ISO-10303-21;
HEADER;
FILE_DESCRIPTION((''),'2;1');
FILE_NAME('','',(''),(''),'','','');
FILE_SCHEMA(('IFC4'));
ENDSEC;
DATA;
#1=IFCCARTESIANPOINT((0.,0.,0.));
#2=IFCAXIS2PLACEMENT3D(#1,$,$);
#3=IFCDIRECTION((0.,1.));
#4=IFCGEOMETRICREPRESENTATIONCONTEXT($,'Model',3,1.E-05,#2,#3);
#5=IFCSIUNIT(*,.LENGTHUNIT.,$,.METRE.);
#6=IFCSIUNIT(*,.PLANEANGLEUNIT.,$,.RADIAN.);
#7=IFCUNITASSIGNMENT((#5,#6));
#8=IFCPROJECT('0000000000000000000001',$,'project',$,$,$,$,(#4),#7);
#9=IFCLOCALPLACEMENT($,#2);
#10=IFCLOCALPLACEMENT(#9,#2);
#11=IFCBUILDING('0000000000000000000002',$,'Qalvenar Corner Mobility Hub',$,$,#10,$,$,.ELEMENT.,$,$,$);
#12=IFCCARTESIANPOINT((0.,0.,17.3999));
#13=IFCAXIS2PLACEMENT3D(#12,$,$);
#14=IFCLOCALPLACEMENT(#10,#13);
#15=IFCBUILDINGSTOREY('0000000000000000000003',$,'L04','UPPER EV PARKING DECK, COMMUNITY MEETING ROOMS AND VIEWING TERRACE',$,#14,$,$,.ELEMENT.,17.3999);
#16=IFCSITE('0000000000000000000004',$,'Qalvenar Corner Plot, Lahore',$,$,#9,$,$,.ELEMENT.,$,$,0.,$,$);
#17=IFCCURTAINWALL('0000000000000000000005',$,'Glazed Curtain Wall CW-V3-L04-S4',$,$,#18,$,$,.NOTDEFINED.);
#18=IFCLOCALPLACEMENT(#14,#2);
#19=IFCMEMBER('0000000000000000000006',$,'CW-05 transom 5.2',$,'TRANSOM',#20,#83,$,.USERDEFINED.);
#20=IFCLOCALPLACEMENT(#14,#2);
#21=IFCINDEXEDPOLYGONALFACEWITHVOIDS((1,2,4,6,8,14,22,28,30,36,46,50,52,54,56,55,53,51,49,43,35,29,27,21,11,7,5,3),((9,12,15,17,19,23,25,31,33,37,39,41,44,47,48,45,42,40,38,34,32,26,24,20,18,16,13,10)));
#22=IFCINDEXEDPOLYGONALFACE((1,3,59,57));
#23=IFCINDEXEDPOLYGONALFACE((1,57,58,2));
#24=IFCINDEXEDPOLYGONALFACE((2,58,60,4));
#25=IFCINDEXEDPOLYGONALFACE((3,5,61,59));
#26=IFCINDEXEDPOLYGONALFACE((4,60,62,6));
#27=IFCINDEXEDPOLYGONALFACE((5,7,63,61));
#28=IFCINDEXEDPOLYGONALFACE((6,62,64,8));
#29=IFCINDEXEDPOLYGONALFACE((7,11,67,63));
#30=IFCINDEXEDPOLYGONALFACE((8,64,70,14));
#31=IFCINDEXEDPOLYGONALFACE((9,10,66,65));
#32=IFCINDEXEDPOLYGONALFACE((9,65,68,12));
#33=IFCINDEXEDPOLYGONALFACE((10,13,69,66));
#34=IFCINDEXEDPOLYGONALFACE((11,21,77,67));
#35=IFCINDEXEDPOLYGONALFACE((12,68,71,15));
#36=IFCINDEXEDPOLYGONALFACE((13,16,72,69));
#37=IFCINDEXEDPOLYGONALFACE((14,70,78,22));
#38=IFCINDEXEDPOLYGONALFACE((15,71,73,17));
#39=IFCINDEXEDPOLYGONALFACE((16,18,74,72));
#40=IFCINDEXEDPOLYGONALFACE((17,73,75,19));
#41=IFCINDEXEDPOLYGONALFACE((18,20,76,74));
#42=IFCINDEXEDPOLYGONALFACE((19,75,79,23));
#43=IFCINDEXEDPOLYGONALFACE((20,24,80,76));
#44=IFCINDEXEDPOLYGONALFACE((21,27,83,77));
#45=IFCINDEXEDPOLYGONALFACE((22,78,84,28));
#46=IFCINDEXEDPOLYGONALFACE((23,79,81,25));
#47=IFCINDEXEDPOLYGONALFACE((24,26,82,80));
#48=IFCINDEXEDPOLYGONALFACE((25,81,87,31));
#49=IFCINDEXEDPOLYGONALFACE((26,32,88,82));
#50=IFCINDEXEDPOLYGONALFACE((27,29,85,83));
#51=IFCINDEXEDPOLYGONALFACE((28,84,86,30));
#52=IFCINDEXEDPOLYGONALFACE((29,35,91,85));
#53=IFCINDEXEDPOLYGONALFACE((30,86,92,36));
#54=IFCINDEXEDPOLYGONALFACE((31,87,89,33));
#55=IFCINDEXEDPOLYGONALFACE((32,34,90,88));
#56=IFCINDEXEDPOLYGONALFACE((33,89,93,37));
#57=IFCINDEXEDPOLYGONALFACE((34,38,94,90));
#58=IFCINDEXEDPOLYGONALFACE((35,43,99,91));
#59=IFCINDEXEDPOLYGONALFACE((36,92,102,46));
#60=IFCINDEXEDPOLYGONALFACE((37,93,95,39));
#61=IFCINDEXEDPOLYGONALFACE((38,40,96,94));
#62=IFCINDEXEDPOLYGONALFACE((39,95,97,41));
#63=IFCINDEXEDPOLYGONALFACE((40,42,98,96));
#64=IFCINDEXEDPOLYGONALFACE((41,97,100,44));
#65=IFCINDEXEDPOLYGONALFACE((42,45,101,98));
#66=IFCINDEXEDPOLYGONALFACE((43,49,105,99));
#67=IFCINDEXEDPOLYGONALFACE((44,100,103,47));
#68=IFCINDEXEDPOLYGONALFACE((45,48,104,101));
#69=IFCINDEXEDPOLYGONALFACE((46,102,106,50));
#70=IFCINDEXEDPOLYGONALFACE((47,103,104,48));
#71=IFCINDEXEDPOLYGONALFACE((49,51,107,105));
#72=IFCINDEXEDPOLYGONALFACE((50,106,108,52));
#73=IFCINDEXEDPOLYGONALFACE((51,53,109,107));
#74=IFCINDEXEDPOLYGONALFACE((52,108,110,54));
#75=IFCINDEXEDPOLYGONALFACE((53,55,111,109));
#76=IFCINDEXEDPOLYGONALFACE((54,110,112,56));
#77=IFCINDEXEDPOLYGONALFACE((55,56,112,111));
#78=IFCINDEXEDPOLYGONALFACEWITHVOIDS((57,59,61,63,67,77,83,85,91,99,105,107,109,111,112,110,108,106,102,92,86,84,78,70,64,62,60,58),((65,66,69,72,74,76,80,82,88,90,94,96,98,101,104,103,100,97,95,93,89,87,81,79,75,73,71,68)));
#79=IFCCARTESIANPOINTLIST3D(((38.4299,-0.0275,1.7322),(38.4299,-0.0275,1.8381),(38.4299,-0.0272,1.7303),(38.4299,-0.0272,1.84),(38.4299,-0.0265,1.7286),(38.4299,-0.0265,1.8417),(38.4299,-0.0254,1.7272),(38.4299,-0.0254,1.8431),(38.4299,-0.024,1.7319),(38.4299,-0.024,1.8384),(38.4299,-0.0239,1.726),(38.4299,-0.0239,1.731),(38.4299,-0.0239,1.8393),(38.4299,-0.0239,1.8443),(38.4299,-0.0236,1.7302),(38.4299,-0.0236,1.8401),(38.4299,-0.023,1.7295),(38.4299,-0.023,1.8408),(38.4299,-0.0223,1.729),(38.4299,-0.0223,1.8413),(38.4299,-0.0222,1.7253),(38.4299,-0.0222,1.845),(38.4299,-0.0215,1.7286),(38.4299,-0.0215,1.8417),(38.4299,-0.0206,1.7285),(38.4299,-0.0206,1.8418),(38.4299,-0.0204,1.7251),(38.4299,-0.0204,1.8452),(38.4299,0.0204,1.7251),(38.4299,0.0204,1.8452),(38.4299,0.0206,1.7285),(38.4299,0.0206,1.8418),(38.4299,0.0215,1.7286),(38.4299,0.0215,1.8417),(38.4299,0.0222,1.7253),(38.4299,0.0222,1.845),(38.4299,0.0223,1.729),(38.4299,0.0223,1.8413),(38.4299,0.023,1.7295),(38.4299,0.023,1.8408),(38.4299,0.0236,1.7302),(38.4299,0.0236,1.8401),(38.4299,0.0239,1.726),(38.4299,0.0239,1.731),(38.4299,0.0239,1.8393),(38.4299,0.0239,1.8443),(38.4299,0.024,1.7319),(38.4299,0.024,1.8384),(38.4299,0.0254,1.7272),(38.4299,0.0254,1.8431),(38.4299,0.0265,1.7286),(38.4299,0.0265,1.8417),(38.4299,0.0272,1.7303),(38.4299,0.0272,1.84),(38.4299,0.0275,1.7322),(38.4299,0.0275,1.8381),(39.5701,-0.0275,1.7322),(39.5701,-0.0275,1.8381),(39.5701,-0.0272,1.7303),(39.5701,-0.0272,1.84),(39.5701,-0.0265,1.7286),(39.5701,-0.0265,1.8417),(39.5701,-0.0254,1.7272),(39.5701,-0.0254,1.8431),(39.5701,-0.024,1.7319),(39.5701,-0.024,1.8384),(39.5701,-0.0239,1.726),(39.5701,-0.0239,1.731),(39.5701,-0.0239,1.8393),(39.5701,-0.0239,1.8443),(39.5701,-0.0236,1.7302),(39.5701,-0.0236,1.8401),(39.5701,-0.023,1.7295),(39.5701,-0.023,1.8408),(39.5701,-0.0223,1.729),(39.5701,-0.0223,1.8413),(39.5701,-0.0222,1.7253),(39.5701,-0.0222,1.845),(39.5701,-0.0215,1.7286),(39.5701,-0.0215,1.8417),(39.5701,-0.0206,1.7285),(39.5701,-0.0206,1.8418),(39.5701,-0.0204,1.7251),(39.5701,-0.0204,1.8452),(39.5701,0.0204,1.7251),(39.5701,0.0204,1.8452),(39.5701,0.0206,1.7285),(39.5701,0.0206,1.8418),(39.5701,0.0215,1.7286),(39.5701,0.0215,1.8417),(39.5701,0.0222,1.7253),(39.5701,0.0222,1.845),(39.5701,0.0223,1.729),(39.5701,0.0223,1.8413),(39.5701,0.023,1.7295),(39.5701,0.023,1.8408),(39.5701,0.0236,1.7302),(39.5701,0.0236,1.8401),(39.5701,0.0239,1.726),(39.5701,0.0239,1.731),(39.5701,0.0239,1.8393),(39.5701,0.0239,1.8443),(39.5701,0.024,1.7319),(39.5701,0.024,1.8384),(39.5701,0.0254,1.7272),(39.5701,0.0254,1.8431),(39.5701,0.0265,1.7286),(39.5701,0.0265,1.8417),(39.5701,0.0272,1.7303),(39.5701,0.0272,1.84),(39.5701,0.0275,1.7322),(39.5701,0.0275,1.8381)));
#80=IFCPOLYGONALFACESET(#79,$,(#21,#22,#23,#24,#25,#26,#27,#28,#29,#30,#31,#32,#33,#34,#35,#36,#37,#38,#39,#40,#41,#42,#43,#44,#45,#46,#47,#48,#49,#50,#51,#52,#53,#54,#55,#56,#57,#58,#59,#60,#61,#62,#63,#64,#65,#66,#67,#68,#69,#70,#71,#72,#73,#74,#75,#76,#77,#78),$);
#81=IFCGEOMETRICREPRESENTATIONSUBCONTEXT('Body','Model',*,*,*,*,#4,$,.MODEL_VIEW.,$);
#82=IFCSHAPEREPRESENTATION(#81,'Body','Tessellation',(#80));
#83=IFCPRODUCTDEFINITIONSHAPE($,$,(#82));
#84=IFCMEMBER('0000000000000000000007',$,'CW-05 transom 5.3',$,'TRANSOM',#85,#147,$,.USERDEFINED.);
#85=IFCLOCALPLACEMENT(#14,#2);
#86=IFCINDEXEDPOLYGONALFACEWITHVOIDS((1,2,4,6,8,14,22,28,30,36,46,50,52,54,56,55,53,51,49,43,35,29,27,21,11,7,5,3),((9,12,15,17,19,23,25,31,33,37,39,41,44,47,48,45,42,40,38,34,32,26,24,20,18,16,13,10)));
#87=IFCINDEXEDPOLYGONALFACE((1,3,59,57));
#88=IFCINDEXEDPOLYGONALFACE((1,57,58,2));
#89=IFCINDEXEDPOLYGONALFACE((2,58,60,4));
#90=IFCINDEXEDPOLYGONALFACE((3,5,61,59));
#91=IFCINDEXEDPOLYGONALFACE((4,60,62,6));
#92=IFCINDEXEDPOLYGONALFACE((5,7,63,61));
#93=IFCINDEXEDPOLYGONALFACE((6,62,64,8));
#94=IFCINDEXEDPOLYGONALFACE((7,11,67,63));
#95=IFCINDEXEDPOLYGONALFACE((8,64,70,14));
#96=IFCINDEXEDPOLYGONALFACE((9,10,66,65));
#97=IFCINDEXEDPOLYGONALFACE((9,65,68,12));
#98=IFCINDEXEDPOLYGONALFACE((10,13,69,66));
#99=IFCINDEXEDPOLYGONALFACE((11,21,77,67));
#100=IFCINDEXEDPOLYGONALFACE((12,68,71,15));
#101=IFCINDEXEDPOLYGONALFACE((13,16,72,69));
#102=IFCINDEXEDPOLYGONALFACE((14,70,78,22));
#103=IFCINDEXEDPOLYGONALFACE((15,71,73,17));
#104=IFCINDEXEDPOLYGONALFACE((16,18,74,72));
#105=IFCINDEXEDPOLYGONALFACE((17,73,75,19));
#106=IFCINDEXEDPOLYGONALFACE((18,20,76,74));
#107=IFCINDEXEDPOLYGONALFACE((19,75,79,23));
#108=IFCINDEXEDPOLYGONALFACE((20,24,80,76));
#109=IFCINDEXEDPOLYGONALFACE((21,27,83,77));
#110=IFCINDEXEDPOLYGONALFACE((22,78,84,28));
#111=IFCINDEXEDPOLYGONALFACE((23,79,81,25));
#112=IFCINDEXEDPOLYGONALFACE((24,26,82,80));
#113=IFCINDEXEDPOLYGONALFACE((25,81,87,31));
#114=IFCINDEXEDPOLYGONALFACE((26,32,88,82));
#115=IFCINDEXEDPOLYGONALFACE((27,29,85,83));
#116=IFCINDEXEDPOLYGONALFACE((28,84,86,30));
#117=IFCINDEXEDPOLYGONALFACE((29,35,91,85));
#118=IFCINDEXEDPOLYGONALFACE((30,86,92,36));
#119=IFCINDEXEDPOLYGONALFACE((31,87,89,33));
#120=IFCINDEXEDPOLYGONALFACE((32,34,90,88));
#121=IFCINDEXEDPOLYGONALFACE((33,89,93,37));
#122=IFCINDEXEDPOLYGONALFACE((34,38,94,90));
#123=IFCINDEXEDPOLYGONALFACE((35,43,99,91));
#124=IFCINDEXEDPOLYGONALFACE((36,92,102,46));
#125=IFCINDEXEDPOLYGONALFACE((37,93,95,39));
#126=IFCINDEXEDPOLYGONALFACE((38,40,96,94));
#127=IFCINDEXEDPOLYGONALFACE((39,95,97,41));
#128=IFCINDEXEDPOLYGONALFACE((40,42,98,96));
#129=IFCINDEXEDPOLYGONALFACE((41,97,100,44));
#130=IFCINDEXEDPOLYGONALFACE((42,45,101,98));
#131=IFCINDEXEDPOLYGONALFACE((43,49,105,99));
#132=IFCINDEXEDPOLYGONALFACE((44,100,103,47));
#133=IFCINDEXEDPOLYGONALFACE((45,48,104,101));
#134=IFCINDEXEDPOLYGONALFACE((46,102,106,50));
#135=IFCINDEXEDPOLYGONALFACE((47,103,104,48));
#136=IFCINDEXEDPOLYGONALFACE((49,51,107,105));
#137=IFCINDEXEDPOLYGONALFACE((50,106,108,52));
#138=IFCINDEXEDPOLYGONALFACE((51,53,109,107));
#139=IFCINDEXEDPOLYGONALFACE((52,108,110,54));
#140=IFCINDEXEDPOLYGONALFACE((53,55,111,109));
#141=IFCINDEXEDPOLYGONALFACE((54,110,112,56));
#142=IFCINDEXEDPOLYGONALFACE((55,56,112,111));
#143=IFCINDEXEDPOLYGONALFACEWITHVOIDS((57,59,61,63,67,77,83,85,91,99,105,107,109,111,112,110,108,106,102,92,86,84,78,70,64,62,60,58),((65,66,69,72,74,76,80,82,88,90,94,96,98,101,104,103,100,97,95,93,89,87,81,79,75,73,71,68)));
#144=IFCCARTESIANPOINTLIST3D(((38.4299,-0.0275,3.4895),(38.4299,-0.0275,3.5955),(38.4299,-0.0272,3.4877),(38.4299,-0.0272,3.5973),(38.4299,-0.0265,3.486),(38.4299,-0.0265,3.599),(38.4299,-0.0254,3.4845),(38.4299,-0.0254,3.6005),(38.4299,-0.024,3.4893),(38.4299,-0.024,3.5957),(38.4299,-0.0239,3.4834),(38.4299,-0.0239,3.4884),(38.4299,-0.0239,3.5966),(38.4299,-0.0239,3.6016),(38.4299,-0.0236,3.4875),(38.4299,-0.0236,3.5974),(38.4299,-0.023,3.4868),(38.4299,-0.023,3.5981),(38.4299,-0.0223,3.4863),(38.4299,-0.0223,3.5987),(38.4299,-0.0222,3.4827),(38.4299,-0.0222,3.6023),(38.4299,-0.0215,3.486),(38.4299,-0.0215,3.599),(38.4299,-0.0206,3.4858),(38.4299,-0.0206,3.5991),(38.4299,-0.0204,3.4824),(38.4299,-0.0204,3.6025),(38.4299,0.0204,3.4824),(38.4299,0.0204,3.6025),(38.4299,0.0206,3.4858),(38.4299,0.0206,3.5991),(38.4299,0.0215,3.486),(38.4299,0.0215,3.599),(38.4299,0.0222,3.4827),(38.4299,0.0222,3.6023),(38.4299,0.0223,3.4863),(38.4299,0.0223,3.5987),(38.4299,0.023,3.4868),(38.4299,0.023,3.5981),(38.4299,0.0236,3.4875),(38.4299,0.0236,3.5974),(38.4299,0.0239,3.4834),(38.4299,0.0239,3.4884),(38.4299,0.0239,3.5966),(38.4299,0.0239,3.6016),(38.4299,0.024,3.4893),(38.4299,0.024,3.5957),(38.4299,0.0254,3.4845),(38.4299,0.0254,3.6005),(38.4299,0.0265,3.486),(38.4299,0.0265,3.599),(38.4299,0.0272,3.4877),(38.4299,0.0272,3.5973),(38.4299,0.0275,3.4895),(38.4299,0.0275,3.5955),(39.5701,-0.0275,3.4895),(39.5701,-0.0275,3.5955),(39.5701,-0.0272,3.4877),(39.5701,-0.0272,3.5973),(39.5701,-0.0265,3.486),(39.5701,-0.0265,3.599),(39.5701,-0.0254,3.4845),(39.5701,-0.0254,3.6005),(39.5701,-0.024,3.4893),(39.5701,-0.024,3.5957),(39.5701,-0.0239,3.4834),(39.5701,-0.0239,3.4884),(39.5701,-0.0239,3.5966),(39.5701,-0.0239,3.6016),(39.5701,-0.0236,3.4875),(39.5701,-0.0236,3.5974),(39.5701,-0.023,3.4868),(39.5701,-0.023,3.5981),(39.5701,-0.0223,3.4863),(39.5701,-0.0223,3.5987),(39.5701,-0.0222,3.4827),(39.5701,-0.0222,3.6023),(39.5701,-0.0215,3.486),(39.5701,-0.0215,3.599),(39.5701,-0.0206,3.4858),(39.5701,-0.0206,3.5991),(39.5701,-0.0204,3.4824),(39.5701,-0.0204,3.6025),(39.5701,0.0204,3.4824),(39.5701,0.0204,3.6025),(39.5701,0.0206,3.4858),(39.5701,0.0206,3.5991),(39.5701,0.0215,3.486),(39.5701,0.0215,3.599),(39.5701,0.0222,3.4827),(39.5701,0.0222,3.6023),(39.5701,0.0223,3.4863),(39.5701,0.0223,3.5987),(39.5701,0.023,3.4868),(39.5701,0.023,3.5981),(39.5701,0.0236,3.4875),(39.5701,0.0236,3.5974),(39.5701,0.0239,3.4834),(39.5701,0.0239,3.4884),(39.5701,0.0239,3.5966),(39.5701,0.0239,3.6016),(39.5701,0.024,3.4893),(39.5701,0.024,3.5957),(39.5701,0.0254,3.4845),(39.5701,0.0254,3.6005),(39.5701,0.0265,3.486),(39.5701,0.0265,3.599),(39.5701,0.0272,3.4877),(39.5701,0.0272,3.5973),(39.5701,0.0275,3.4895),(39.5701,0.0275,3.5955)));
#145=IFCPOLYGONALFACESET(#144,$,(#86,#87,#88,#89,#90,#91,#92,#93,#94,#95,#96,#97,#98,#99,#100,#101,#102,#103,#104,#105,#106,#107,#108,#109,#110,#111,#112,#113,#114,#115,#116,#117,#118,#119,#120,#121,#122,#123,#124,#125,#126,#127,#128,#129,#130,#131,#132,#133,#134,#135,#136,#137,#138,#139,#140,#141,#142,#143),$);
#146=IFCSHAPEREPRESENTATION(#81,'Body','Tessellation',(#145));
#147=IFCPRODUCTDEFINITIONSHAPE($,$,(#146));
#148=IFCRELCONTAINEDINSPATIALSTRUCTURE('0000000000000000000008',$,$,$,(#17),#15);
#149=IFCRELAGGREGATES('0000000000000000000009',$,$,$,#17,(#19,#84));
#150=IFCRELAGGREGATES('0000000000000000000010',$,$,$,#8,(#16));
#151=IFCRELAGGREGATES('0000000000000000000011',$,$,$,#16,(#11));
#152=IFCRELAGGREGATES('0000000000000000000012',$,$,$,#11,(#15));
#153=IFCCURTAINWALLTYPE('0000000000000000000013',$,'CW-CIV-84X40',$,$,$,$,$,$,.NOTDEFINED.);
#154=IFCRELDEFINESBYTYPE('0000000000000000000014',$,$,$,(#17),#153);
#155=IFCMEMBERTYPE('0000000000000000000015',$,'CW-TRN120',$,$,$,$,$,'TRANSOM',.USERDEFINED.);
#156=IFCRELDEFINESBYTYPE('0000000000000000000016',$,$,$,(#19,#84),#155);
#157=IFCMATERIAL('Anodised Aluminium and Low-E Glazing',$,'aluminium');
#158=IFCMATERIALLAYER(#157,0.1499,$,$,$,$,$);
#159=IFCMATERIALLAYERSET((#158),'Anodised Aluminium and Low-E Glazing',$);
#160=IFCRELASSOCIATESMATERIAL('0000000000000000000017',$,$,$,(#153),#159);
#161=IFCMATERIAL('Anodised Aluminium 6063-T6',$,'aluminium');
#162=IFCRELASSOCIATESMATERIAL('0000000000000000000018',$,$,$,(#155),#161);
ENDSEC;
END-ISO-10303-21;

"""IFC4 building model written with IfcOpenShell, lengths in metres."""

from ifc_helpers import new_model, si_unit, direction, frame, origin, origin_2d, place, context, subcontext, project, spatial, hollow_rectangle, extrude, material, layer, layer_set, material_profile, profile_set, type_object, element, aggregate, save


model = new_model("IFC4")

# Units and contexts
model_context = context("Model", 3, precision=1e-05, world=origin(), true_north=direction((0.0, 1.0)))
body_context = subcontext(model_context, "Body", "Model", "MODEL_VIEW")
ifc_project = project(units=[si_unit("LENGTHUNIT", "METRE"), si_unit("PLANEANGLEUNIT", "RADIAN")], contexts=[model_context])

# Site, building, storey
site_placement = place(None, origin())
site = spatial("IfcSite", under=ifc_project, at=site_placement, Name="Qalvenar Corner Plot, Lahore", CompositionType="ELEMENT", RefElevation=0.0)
building_placement = place(site_placement, origin())
building = spatial("IfcBuilding", under=site, at=building_placement, Name="Qalvenar Corner Mobility Hub", CompositionType="ELEMENT")
storey_placement = place(building_placement, frame((0.0, 0.0, 17.3999)))
storey = spatial("IfcBuildingStorey", under=building, at=storey_placement, Name="L04", Description="UPPER EV PARKING DECK, COMMUNITY MEETING ROOMS AND VIEWING TERRACE", CompositionType="ELEMENT", Elevation=17.3999)

# Curtain wall, members
ifc_material_1 = material(Name="Anodised Aluminium and Low-E Glazing", Category="aluminium")
ifc_layer_1 = layer(ifc_material_1, 0.1499)
ifc_layer_set_1 = layer_set([ifc_layer_1], Name="Anodised Aluminium and Low-E Glazing")
curtain_wall_type = type_object("IfcCurtainWallType", Name="CW-CIV-84X40", PredefinedType="NOTDEFINED", material=ifc_layer_set_1)
curtain_wall_placement = place(storey_placement, origin())
curtain_wall = element("IfcCurtainWall", 1, at=curtain_wall_placement, inside=storey, type_object=curtain_wall_type, Name="Glazed Curtain Wall CW-V3-L04-S4", PredefinedType="NOTDEFINED")
ifc_material_2 = material(Name="Anodised Aluminium 6063-T6", Category="aluminium")
ifc_material_profile_1 = material_profile(ifc_material_2, hollow_rectangle(XDim=0.0549, YDim=0.1201, WallThickness=0.0034, InnerFilletRadius=0.0034, OuterFilletRadius=0.0071, at=origin_2d()), Name="RHS120x55x3.5")
ifc_profile_set_1 = profile_set([ifc_material_profile_1], Name="Anodised Aluminium 6063-T6")
member_type_1 = type_object("IfcMemberType", Name="CW-TRN120", ElementType="TRANSOM", PredefinedType="USERDEFINED", material=ifc_profile_set_1)
member_1_placement = place(storey_placement, frame((38.4299, 0.0, 1.7852), z_axis=(1.0, 0.0, 0.0), x_axis=(0.0, 1.0, 0.0)))
member_1 = element("IfcMember", 2, at=member_1_placement, type_object=member_type_1, Name="CW-05 transom 5.2", ObjectType="TRANSOM", PredefinedType="USERDEFINED", context=body_context, shape_type="SweptSolid", body=[
    extrude(hollow_rectangle(XDim=0.0549, YDim=0.1201, WallThickness=0.0034, InnerFilletRadius=0.0034, OuterFilletRadius=0.0071, at=origin_2d()), origin(), (0.0, 0.0, 1.0), 1.1401),
])
member_2_placement = place(storey_placement, frame((38.4299, 0.0, 3.5425), z_axis=(1.0, 0.0, 0.0), x_axis=(0.0, 1.0, 0.0)))
member_2 = element("IfcMember", 3, at=member_2_placement, type_object=member_type_1, Name="CW-05 transom 5.3", ObjectType="TRANSOM", PredefinedType="USERDEFINED", context=body_context, shape_type="SweptSolid", body=[
    extrude(hollow_rectangle(XDim=0.0549, YDim=0.1201, WallThickness=0.0034, InnerFilletRadius=0.0034, OuterFilletRadius=0.0071, at=origin_2d()), origin(), (0.0, 0.0, 1.0), 1.1401),
])
aggregate(curtain_wall, [member_1, member_2])

save(model, "model.ifc")
